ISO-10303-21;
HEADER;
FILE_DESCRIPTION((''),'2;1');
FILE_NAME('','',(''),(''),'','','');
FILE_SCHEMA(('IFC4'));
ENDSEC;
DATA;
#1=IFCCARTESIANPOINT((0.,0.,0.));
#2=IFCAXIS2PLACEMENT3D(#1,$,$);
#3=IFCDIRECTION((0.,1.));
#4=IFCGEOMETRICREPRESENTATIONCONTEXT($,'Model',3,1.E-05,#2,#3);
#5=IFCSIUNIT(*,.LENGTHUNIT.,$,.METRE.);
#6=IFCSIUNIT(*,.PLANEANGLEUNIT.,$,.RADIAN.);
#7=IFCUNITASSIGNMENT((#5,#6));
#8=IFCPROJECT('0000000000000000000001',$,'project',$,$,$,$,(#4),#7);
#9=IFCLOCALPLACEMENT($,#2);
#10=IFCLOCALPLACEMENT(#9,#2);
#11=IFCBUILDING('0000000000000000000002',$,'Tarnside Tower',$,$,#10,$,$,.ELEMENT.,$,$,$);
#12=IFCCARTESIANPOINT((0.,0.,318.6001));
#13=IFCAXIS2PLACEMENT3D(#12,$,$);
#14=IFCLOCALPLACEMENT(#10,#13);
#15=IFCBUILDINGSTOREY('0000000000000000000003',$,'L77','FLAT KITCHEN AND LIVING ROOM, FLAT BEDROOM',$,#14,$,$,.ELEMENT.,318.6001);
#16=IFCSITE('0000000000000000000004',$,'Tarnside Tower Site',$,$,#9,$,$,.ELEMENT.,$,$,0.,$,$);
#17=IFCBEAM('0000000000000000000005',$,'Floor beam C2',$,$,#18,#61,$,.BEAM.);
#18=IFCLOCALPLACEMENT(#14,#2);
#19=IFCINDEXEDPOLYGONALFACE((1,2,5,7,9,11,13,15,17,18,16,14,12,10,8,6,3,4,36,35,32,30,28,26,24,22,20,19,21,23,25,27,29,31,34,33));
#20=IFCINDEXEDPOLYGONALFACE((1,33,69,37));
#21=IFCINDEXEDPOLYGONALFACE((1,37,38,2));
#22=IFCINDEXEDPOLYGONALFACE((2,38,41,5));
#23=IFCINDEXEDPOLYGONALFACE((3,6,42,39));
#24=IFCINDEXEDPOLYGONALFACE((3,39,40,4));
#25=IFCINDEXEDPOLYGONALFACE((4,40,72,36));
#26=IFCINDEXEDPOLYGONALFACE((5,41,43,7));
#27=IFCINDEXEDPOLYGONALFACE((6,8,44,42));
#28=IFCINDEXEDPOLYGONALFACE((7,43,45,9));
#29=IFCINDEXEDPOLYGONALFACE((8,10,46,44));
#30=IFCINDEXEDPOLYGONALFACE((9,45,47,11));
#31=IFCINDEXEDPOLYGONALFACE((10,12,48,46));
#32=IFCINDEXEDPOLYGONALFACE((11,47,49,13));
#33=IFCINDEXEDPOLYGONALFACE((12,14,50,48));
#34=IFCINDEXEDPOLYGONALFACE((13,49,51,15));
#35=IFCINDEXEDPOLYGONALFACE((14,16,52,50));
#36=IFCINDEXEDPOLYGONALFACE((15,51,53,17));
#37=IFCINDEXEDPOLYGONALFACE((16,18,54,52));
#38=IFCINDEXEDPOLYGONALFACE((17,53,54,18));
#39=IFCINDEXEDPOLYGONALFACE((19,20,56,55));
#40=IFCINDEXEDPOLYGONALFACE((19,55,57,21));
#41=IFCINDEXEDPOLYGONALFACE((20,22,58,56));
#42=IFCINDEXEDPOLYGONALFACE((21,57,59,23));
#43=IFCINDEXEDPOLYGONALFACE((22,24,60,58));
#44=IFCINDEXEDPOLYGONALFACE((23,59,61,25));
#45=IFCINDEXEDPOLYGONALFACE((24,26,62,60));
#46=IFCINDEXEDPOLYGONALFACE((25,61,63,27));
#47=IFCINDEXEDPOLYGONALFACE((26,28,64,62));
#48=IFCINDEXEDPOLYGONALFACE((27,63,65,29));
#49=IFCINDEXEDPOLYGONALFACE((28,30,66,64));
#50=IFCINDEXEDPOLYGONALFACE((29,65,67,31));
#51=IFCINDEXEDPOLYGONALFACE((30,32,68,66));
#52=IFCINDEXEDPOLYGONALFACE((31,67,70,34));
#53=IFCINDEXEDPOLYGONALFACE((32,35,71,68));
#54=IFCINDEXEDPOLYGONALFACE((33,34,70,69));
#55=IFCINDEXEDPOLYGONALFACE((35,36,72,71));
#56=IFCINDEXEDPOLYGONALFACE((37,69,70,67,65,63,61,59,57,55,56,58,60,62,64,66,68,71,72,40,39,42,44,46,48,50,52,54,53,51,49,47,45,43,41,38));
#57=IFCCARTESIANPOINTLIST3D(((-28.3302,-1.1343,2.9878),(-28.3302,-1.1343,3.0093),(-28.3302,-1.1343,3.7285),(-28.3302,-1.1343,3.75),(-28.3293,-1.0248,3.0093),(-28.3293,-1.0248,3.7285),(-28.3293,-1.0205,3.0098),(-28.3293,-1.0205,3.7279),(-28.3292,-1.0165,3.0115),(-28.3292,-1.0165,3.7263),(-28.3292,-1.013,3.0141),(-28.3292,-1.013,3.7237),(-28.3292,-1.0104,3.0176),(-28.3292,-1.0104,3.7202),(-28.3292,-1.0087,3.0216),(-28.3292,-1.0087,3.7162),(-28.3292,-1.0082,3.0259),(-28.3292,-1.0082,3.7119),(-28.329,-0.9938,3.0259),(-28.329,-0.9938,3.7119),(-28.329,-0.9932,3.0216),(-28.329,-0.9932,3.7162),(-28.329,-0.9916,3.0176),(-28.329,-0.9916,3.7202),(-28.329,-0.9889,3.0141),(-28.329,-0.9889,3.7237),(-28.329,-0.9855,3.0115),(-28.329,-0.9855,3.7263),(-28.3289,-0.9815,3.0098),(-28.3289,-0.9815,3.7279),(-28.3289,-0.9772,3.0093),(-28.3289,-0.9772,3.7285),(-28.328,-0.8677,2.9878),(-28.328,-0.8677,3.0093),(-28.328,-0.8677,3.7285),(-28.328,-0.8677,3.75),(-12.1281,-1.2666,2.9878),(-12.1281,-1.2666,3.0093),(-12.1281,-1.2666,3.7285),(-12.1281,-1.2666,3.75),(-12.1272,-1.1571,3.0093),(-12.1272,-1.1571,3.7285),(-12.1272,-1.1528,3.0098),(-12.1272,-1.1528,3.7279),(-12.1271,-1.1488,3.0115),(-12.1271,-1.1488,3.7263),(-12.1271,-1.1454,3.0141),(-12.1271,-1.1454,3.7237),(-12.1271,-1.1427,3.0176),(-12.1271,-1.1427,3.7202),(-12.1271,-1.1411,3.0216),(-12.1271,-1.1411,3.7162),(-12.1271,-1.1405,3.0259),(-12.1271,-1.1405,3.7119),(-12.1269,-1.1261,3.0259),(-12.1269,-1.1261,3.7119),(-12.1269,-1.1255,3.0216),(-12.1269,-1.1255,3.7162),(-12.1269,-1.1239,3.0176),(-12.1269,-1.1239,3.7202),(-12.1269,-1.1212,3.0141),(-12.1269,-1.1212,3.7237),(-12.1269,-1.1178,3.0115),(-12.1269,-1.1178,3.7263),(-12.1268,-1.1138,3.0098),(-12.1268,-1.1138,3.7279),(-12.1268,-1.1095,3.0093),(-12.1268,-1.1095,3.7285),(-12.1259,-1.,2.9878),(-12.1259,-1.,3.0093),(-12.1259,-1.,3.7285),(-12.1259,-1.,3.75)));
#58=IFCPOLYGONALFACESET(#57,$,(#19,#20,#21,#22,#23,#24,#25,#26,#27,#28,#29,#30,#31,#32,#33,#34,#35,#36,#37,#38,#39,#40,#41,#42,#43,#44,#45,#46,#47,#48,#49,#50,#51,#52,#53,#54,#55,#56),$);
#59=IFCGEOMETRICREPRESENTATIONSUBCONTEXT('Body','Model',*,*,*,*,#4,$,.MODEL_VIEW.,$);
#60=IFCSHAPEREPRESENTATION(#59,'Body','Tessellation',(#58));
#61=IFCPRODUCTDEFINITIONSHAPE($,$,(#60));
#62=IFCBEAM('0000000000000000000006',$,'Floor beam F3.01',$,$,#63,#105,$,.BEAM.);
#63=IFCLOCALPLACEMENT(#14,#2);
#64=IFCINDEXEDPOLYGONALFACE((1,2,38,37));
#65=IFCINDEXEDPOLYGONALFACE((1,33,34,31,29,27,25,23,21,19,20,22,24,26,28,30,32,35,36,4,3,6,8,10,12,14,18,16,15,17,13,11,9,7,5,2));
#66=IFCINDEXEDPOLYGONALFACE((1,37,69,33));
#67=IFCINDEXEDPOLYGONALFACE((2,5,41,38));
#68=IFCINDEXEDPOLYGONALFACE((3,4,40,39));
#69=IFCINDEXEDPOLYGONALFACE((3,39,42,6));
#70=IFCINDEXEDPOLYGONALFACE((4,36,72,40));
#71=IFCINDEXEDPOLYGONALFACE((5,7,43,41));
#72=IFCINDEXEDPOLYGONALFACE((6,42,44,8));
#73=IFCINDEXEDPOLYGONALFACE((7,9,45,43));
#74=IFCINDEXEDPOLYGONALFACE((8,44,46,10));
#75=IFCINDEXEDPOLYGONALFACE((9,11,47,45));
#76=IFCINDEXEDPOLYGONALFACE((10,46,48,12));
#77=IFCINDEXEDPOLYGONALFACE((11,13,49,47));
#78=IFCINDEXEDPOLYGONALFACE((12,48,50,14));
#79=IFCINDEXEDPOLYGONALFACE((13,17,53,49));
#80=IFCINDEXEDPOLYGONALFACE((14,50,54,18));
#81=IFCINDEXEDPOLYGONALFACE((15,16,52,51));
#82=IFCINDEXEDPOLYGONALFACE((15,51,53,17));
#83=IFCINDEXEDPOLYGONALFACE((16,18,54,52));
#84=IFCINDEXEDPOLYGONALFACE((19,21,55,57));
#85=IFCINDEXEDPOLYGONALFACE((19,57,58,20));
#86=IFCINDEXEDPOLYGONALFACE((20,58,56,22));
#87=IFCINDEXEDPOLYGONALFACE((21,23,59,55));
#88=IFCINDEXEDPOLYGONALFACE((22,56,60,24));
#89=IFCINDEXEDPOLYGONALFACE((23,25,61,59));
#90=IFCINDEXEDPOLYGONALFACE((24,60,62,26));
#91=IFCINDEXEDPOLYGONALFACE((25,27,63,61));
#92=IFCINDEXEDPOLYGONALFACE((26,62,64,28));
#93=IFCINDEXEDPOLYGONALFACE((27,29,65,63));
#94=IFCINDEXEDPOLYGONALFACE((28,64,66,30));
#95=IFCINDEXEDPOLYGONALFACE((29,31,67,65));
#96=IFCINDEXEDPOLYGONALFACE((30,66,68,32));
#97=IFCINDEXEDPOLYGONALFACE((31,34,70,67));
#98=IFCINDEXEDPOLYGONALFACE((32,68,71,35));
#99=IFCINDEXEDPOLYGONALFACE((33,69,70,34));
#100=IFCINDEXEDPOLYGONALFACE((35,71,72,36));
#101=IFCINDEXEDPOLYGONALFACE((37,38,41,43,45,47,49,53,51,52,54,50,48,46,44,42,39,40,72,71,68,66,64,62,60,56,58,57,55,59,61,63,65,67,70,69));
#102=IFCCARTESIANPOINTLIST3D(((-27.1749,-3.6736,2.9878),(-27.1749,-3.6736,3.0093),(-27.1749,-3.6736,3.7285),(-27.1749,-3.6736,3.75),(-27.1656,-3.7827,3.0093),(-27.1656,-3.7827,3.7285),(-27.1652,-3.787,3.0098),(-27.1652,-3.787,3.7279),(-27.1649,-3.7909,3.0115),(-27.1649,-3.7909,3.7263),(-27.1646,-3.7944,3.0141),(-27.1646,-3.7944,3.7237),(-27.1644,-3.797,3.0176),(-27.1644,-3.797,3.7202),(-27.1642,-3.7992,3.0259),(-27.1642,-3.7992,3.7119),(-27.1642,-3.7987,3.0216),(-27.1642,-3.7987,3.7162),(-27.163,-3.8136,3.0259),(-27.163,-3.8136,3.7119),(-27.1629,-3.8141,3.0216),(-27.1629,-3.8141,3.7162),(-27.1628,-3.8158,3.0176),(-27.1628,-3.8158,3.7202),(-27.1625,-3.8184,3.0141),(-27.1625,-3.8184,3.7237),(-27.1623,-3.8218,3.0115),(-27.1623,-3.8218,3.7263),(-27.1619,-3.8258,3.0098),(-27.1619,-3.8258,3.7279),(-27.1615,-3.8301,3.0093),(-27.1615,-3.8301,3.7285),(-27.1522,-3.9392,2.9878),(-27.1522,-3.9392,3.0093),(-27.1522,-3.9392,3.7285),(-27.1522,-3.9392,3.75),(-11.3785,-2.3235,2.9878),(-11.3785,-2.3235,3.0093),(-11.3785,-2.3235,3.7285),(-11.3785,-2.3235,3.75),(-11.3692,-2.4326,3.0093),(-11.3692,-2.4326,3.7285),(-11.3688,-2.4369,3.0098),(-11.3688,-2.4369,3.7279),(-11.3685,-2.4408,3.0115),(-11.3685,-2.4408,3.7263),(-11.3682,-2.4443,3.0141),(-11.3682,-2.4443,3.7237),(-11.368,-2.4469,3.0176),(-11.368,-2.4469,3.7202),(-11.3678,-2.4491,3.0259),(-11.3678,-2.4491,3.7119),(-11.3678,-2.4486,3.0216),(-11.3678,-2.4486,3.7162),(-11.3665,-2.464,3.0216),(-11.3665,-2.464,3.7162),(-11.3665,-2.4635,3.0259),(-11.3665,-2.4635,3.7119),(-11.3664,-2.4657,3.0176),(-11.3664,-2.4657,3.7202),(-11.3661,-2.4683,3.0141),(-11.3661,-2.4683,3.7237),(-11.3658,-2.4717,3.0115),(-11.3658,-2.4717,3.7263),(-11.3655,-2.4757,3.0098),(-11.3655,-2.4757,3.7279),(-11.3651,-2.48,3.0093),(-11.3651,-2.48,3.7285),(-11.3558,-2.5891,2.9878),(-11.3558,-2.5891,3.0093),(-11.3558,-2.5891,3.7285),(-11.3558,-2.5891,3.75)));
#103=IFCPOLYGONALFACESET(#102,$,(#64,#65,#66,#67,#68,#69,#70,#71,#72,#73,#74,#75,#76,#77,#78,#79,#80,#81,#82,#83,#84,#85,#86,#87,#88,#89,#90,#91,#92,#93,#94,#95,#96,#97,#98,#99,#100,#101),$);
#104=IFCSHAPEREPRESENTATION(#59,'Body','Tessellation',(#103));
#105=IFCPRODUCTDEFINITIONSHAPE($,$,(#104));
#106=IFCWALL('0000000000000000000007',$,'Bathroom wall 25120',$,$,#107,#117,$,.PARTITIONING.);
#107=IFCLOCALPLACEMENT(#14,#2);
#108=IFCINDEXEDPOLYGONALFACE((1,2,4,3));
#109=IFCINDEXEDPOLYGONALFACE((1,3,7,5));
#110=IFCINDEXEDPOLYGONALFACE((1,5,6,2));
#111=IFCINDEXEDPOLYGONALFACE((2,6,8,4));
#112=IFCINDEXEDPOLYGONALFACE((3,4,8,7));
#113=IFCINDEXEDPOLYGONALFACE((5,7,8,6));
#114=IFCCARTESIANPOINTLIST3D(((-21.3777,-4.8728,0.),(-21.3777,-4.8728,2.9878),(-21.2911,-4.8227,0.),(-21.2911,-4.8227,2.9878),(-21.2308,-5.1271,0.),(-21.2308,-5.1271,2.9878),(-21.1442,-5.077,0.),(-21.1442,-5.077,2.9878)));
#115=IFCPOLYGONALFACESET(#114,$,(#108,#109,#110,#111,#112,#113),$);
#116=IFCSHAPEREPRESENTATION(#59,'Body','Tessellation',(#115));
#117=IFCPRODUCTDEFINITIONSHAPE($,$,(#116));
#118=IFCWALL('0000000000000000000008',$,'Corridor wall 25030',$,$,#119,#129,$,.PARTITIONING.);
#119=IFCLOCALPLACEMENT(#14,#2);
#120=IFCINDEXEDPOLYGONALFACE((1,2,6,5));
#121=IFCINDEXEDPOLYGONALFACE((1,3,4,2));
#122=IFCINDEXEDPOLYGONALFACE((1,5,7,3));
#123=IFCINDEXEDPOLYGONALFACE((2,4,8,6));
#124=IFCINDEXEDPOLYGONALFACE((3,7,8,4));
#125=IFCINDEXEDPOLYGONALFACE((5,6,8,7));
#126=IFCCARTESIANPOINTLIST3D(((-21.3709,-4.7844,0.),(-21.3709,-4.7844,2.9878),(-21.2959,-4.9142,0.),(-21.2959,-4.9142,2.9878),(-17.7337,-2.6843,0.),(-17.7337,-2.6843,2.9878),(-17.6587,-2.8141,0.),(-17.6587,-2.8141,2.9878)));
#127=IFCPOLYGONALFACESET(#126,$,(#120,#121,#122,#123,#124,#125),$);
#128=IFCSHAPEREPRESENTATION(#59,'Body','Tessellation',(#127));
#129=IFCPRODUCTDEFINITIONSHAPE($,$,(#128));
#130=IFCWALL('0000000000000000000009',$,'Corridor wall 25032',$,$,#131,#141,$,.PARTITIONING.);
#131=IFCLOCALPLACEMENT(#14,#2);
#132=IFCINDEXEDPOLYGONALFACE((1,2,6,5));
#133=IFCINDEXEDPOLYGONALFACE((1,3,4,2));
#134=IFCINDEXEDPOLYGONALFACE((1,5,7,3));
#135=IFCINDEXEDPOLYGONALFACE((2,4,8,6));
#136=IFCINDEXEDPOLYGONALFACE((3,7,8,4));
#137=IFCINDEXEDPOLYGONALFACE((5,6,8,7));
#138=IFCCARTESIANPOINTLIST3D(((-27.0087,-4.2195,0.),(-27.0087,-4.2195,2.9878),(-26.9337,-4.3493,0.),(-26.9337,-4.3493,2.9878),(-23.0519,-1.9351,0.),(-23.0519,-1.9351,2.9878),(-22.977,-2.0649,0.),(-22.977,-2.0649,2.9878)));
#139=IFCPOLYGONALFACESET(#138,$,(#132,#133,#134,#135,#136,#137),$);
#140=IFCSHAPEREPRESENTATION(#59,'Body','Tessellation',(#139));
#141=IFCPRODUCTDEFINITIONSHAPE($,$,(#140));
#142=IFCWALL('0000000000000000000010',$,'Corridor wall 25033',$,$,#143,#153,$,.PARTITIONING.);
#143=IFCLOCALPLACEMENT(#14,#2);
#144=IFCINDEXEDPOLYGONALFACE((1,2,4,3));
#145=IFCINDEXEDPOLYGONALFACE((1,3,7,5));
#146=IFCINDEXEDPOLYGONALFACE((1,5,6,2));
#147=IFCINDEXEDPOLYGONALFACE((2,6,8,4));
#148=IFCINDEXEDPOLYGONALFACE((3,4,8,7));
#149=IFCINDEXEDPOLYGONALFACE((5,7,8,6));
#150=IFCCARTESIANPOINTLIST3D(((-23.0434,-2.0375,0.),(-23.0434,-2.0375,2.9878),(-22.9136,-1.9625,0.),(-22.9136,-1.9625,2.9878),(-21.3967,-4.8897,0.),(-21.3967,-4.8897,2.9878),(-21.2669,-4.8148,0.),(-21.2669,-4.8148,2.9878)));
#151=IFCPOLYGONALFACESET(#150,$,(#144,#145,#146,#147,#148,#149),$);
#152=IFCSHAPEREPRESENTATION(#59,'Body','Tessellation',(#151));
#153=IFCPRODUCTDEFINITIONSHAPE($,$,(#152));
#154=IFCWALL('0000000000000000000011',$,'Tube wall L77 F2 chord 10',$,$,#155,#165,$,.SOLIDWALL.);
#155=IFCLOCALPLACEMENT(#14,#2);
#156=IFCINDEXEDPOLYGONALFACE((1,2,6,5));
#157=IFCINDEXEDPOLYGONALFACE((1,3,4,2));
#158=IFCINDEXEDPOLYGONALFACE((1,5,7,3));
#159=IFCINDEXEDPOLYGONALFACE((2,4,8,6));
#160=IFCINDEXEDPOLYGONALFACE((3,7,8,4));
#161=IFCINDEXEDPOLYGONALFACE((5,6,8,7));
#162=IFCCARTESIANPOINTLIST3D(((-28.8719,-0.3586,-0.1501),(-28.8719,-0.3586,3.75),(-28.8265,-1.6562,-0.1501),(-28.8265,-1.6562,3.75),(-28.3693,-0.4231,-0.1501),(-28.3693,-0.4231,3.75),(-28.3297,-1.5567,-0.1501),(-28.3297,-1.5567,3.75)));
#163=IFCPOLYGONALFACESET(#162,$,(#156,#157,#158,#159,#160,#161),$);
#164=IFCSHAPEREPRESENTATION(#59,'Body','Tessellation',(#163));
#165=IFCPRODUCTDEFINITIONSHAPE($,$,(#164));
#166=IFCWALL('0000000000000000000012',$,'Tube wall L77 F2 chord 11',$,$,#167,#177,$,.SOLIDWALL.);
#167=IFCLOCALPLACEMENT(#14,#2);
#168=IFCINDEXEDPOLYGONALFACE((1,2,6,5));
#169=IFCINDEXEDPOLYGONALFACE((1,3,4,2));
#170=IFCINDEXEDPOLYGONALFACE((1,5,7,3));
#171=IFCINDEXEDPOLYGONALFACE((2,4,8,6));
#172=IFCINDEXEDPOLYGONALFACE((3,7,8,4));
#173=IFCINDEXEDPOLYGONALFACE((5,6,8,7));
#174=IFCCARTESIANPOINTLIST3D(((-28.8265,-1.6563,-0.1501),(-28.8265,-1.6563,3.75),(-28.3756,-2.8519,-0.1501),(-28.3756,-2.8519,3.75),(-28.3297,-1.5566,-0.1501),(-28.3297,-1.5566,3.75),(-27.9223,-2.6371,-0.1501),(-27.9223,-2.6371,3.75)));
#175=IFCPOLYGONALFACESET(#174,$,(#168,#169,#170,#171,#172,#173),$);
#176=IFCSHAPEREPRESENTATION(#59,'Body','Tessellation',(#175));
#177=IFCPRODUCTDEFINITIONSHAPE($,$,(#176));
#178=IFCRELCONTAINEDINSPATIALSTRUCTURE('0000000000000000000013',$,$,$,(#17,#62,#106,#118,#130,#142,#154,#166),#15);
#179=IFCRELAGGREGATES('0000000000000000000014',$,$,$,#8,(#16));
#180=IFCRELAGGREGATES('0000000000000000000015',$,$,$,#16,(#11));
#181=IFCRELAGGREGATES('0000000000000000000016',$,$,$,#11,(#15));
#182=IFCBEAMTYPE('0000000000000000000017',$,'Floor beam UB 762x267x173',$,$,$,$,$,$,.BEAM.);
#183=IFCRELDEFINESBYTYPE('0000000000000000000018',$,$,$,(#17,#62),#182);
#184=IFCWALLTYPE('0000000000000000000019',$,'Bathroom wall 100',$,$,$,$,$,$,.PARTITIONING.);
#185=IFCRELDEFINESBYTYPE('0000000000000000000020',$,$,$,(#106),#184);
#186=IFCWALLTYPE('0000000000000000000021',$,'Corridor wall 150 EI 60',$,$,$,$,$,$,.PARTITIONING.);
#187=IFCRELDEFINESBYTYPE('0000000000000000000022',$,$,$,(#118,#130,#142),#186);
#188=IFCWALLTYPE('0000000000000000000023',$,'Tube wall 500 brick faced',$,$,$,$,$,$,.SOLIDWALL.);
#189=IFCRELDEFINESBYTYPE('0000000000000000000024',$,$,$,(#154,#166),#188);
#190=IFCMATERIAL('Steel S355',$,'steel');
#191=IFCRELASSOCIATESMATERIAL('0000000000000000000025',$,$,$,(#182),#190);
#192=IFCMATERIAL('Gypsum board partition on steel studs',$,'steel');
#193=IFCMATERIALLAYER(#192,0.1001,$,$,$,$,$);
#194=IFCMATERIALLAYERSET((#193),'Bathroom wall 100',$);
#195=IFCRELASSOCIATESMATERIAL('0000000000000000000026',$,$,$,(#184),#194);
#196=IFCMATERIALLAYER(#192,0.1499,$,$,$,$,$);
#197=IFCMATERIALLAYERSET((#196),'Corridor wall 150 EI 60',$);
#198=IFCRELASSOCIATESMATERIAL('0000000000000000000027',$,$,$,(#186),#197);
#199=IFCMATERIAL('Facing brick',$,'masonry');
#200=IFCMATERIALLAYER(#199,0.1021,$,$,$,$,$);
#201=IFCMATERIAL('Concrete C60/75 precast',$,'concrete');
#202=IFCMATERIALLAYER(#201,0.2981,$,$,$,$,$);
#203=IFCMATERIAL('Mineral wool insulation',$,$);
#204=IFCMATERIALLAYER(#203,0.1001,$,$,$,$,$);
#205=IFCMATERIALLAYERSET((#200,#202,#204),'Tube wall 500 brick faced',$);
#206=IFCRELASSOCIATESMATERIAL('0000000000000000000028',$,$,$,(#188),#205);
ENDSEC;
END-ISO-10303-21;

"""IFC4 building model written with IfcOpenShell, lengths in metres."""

from ifc_helpers import new_model, si_unit, direction, frame, frame_2d, origin, origin_2d, place, context, subcontext, project, spatial, polyline, rectangle, i_section, outline, extrude, material, layer, layer_set, material_profile, profile_set, type_object, element, save


model = new_model("IFC4")

# Units and contexts
model_context = context("Model", 3, precision=1e-05, world=origin(), true_north=direction((0.0, 1.0)))
body_context = subcontext(model_context, "Body", "Model", "MODEL_VIEW")
ifc_project = project(units=[si_unit("LENGTHUNIT", "METRE"), si_unit("PLANEANGLEUNIT", "RADIAN")], contexts=[model_context])

# Site, building, storey
site_placement = place(None, origin())
site = spatial("IfcSite", under=ifc_project, at=site_placement, Name="Tarnside Tower Site", CompositionType="ELEMENT", RefElevation=0.0)
building_placement = place(site_placement, origin())
building = spatial("IfcBuilding", under=site, at=building_placement, Name="Tarnside Tower", CompositionType="ELEMENT")
storey_placement = place(building_placement, frame((0.0, 0.0, 318.6001)))
storey = spatial("IfcBuildingStorey", under=building, at=storey_placement, Name="L77", Description="FLAT KITCHEN AND LIVING ROOM, FLAT BEDROOM", CompositionType="ELEMENT", Elevation=318.6001)

# Beams
ifc_material_1 = material(Name="Steel S355", Category="steel")
ifc_material_profile = material_profile(ifc_material_1, i_section(OverallWidth=0.2666, OverallDepth=0.7622, WebThickness=0.0144, FlangeThickness=0.0215, FilletRadius=0.0166, at=origin_2d()), Name="UB 762x267x173")
ifc_profile_set = profile_set([ifc_material_profile], Name="Steel S355")
beam_type = type_object("IfcBeamType", Name="Floor beam UB 762x267x173", PredefinedType="BEAM", material=ifc_profile_set)
beam_1_placement = place(storey_placement, frame((-28.3291, -1.001, 3.3689), z_axis=(0.999967, -0.008167, 0.0), x_axis=(0.008167, 0.999967, 0.0)))
element("IfcBeam", 1, at=beam_1_placement, inside=storey, type_object=beam_type, Name="Floor beam C2", PredefinedType="BEAM", context=body_context, shape_type="SweptSolid", body=[
    extrude(i_section(OverallWidth=0.2666, OverallDepth=0.7622, WebThickness=0.0144, FlangeThickness=0.0215, FilletRadius=0.0166, at=origin_2d()), origin(), (0.0, 0.0, 1.0), 16.2026),
])
beam_2_placement = place(storey_placement, frame((-27.1636, -3.8064, 3.3689), z_axis=(0.996367, 0.085158, 0.0), x_axis=(-0.085158, 0.996367, 0.0)))
element("IfcBeam", 2, at=beam_2_placement, inside=storey, type_object=beam_type, Name="Floor beam F3.01", PredefinedType="BEAM", context=body_context, shape_type="SweptSolid", body=[
    extrude(i_section(OverallWidth=0.2666, OverallDepth=0.7622, WebThickness=0.0144, FlangeThickness=0.0215, FilletRadius=0.0166, at=origin_2d()), origin(), (0.0, 0.0, 1.0), 15.854),
])

# Walls
ifc_material_2 = material(Name="Gypsum board partition on steel studs", Category="steel")
ifc_layer_1 = layer(ifc_material_2, 0.1001)
ifc_layer_set_1 = layer_set([ifc_layer_1], Name="Bathroom wall 100")
wall_type_1 = type_object("IfcWallType", Name="Bathroom wall 100", PredefinedType="PARTITIONING", material=ifc_layer_set_1)
wall_1_placement = place(storey_placement, frame((-21.3345, -4.8477, 0.0), z_axis=(0.0, 0.0, 1.0), x_axis=(0.50025, -0.865881, 0.0)))
element("IfcWall", 3, at=wall_1_placement, inside=storey, type_object=wall_type_1, Name="Bathroom wall 25120", PredefinedType="PARTITIONING", context=body_context, shape_type="SweptSolid", body=[
    extrude(rectangle(XDim=0.2937, YDim=0.1001, at=frame_2d((0.147, 0.0))), origin(), (0.0, 0.0, 1.0), 2.9878),
])
ifc_layer_2 = layer(ifc_material_2, 0.1499)
ifc_layer_set_2 = layer_set([ifc_layer_2], Name="Corridor wall 150 EI 60")
wall_type_2 = type_object("IfcWallType", Name="Corridor wall 150 EI 60", PredefinedType="PARTITIONING", material=ifc_layer_set_2)
wall_2_placement = place(storey_placement, frame((-21.3335, -4.8494, 0.0), z_axis=(0.0, 0.0, 1.0), x_axis=(0.866009, 0.500028, 0.0)))
element("IfcWall", 4, at=wall_2_placement, inside=storey, type_object=wall_type_2, Name="Corridor wall 25030", PredefinedType="PARTITIONING", context=body_context, shape_type="SweptSolid", body=[
    extrude(rectangle(XDim=4.2, YDim=0.1499, at=frame_2d((2.1001, 0.0))), origin(), (0.0, 0.0, 1.0), 2.9878),
])
wall_3_placement = place(storey_placement, frame((-26.9712, -4.2844, 0.0), z_axis=(0.0, 0.0, 1.0), x_axis=(0.866028, 0.499995, 0.0)))
element("IfcWall", 5, at=wall_3_placement, inside=storey, type_object=wall_type_2, Name="Corridor wall 25032", PredefinedType="PARTITIONING", context=body_context, shape_type="SweptSolid", body=[
    extrude(rectangle(XDim=4.5688, YDim=0.1499, at=frame_2d((2.2844, 0.0))), origin(), (0.0, 0.0, 1.0), 2.9878),
])
wall_4_placement = place(storey_placement, frame((-22.9785, -2.0, 0.0), z_axis=(0.0, 0.0, 1.0), x_axis=(0.49999, -0.866031, 0.0)))
element("IfcWall", 6, at=wall_4_placement, inside=storey, type_object=wall_type_2, Name="Corridor wall 25033", PredefinedType="PARTITIONING", context=body_context, shape_type="SweptSolid", body=[
    extrude(rectangle(XDim=3.2935, YDim=0.1499, at=frame_2d((1.6467, 0.0))), origin(), (0.0, 0.0, 1.0), 2.9878),
])
ifc_material_3 = material(Name="Facing brick", Category="masonry")
ifc_layer_3 = layer(ifc_material_3, 0.1021)
ifc_material_4 = material(Name="Concrete C60/75 precast", Category="concrete")
ifc_layer_4 = layer(ifc_material_4, 0.2981)
ifc_material_5 = material(Name="Mineral wool insulation")
ifc_layer_5 = layer(ifc_material_5, 0.1001)
ifc_layer_set_3 = layer_set([ifc_layer_3, ifc_layer_4, ifc_layer_5], Name="Tube wall 500 brick faced")
wall_type_3 = type_object("IfcWallType", Name="Tube wall 500 brick faced", PredefinedType="SOLIDWALL", material=ifc_layer_set_3)
wall_5_placement = place(storey_placement, frame((-28.6206, -0.3909, -0.1501), z_axis=(0.0, 0.0, 1.0), x_axis=(0.034925, -0.99939, 0.0)))
element("IfcWall", 7, at=wall_5_placement, inside=storey, type_object=wall_type_3, Name="Tube wall L77 F2 chord 10", PredefinedType="SOLIDWALL", context=body_context, shape_type="SweptSolid", body=[
    extrude(outline(polyline([(-0.041, -0.25), (1.2573, -0.25), (1.1753, 0.25), (0.041, 0.25), (-0.041, -0.25)])), origin(), (0.0, 0.0, 1.0), 3.9001),
])
wall_6_placement = place(storey_placement, frame((-28.5781, -1.6064, -0.1501), z_axis=(0.0, 0.0, 1.0), x_axis=(0.352838, -0.935684, 0.0)))
element("IfcWall", 8, at=wall_6_placement, inside=storey, type_object=wall_type_3, Name="Tube wall L77 F2 chord 11", PredefinedType="SOLIDWALL", context=body_context, shape_type="SweptSolid", body=[
    extrude(outline(polyline([(-0.041, -0.25), (1.2368, -0.25), (1.1958, 0.25), (0.041, 0.25), (-0.041, -0.25)])), origin(), (0.0, 0.0, 1.0), 3.9001),
])

save(model, "model.ifc")
